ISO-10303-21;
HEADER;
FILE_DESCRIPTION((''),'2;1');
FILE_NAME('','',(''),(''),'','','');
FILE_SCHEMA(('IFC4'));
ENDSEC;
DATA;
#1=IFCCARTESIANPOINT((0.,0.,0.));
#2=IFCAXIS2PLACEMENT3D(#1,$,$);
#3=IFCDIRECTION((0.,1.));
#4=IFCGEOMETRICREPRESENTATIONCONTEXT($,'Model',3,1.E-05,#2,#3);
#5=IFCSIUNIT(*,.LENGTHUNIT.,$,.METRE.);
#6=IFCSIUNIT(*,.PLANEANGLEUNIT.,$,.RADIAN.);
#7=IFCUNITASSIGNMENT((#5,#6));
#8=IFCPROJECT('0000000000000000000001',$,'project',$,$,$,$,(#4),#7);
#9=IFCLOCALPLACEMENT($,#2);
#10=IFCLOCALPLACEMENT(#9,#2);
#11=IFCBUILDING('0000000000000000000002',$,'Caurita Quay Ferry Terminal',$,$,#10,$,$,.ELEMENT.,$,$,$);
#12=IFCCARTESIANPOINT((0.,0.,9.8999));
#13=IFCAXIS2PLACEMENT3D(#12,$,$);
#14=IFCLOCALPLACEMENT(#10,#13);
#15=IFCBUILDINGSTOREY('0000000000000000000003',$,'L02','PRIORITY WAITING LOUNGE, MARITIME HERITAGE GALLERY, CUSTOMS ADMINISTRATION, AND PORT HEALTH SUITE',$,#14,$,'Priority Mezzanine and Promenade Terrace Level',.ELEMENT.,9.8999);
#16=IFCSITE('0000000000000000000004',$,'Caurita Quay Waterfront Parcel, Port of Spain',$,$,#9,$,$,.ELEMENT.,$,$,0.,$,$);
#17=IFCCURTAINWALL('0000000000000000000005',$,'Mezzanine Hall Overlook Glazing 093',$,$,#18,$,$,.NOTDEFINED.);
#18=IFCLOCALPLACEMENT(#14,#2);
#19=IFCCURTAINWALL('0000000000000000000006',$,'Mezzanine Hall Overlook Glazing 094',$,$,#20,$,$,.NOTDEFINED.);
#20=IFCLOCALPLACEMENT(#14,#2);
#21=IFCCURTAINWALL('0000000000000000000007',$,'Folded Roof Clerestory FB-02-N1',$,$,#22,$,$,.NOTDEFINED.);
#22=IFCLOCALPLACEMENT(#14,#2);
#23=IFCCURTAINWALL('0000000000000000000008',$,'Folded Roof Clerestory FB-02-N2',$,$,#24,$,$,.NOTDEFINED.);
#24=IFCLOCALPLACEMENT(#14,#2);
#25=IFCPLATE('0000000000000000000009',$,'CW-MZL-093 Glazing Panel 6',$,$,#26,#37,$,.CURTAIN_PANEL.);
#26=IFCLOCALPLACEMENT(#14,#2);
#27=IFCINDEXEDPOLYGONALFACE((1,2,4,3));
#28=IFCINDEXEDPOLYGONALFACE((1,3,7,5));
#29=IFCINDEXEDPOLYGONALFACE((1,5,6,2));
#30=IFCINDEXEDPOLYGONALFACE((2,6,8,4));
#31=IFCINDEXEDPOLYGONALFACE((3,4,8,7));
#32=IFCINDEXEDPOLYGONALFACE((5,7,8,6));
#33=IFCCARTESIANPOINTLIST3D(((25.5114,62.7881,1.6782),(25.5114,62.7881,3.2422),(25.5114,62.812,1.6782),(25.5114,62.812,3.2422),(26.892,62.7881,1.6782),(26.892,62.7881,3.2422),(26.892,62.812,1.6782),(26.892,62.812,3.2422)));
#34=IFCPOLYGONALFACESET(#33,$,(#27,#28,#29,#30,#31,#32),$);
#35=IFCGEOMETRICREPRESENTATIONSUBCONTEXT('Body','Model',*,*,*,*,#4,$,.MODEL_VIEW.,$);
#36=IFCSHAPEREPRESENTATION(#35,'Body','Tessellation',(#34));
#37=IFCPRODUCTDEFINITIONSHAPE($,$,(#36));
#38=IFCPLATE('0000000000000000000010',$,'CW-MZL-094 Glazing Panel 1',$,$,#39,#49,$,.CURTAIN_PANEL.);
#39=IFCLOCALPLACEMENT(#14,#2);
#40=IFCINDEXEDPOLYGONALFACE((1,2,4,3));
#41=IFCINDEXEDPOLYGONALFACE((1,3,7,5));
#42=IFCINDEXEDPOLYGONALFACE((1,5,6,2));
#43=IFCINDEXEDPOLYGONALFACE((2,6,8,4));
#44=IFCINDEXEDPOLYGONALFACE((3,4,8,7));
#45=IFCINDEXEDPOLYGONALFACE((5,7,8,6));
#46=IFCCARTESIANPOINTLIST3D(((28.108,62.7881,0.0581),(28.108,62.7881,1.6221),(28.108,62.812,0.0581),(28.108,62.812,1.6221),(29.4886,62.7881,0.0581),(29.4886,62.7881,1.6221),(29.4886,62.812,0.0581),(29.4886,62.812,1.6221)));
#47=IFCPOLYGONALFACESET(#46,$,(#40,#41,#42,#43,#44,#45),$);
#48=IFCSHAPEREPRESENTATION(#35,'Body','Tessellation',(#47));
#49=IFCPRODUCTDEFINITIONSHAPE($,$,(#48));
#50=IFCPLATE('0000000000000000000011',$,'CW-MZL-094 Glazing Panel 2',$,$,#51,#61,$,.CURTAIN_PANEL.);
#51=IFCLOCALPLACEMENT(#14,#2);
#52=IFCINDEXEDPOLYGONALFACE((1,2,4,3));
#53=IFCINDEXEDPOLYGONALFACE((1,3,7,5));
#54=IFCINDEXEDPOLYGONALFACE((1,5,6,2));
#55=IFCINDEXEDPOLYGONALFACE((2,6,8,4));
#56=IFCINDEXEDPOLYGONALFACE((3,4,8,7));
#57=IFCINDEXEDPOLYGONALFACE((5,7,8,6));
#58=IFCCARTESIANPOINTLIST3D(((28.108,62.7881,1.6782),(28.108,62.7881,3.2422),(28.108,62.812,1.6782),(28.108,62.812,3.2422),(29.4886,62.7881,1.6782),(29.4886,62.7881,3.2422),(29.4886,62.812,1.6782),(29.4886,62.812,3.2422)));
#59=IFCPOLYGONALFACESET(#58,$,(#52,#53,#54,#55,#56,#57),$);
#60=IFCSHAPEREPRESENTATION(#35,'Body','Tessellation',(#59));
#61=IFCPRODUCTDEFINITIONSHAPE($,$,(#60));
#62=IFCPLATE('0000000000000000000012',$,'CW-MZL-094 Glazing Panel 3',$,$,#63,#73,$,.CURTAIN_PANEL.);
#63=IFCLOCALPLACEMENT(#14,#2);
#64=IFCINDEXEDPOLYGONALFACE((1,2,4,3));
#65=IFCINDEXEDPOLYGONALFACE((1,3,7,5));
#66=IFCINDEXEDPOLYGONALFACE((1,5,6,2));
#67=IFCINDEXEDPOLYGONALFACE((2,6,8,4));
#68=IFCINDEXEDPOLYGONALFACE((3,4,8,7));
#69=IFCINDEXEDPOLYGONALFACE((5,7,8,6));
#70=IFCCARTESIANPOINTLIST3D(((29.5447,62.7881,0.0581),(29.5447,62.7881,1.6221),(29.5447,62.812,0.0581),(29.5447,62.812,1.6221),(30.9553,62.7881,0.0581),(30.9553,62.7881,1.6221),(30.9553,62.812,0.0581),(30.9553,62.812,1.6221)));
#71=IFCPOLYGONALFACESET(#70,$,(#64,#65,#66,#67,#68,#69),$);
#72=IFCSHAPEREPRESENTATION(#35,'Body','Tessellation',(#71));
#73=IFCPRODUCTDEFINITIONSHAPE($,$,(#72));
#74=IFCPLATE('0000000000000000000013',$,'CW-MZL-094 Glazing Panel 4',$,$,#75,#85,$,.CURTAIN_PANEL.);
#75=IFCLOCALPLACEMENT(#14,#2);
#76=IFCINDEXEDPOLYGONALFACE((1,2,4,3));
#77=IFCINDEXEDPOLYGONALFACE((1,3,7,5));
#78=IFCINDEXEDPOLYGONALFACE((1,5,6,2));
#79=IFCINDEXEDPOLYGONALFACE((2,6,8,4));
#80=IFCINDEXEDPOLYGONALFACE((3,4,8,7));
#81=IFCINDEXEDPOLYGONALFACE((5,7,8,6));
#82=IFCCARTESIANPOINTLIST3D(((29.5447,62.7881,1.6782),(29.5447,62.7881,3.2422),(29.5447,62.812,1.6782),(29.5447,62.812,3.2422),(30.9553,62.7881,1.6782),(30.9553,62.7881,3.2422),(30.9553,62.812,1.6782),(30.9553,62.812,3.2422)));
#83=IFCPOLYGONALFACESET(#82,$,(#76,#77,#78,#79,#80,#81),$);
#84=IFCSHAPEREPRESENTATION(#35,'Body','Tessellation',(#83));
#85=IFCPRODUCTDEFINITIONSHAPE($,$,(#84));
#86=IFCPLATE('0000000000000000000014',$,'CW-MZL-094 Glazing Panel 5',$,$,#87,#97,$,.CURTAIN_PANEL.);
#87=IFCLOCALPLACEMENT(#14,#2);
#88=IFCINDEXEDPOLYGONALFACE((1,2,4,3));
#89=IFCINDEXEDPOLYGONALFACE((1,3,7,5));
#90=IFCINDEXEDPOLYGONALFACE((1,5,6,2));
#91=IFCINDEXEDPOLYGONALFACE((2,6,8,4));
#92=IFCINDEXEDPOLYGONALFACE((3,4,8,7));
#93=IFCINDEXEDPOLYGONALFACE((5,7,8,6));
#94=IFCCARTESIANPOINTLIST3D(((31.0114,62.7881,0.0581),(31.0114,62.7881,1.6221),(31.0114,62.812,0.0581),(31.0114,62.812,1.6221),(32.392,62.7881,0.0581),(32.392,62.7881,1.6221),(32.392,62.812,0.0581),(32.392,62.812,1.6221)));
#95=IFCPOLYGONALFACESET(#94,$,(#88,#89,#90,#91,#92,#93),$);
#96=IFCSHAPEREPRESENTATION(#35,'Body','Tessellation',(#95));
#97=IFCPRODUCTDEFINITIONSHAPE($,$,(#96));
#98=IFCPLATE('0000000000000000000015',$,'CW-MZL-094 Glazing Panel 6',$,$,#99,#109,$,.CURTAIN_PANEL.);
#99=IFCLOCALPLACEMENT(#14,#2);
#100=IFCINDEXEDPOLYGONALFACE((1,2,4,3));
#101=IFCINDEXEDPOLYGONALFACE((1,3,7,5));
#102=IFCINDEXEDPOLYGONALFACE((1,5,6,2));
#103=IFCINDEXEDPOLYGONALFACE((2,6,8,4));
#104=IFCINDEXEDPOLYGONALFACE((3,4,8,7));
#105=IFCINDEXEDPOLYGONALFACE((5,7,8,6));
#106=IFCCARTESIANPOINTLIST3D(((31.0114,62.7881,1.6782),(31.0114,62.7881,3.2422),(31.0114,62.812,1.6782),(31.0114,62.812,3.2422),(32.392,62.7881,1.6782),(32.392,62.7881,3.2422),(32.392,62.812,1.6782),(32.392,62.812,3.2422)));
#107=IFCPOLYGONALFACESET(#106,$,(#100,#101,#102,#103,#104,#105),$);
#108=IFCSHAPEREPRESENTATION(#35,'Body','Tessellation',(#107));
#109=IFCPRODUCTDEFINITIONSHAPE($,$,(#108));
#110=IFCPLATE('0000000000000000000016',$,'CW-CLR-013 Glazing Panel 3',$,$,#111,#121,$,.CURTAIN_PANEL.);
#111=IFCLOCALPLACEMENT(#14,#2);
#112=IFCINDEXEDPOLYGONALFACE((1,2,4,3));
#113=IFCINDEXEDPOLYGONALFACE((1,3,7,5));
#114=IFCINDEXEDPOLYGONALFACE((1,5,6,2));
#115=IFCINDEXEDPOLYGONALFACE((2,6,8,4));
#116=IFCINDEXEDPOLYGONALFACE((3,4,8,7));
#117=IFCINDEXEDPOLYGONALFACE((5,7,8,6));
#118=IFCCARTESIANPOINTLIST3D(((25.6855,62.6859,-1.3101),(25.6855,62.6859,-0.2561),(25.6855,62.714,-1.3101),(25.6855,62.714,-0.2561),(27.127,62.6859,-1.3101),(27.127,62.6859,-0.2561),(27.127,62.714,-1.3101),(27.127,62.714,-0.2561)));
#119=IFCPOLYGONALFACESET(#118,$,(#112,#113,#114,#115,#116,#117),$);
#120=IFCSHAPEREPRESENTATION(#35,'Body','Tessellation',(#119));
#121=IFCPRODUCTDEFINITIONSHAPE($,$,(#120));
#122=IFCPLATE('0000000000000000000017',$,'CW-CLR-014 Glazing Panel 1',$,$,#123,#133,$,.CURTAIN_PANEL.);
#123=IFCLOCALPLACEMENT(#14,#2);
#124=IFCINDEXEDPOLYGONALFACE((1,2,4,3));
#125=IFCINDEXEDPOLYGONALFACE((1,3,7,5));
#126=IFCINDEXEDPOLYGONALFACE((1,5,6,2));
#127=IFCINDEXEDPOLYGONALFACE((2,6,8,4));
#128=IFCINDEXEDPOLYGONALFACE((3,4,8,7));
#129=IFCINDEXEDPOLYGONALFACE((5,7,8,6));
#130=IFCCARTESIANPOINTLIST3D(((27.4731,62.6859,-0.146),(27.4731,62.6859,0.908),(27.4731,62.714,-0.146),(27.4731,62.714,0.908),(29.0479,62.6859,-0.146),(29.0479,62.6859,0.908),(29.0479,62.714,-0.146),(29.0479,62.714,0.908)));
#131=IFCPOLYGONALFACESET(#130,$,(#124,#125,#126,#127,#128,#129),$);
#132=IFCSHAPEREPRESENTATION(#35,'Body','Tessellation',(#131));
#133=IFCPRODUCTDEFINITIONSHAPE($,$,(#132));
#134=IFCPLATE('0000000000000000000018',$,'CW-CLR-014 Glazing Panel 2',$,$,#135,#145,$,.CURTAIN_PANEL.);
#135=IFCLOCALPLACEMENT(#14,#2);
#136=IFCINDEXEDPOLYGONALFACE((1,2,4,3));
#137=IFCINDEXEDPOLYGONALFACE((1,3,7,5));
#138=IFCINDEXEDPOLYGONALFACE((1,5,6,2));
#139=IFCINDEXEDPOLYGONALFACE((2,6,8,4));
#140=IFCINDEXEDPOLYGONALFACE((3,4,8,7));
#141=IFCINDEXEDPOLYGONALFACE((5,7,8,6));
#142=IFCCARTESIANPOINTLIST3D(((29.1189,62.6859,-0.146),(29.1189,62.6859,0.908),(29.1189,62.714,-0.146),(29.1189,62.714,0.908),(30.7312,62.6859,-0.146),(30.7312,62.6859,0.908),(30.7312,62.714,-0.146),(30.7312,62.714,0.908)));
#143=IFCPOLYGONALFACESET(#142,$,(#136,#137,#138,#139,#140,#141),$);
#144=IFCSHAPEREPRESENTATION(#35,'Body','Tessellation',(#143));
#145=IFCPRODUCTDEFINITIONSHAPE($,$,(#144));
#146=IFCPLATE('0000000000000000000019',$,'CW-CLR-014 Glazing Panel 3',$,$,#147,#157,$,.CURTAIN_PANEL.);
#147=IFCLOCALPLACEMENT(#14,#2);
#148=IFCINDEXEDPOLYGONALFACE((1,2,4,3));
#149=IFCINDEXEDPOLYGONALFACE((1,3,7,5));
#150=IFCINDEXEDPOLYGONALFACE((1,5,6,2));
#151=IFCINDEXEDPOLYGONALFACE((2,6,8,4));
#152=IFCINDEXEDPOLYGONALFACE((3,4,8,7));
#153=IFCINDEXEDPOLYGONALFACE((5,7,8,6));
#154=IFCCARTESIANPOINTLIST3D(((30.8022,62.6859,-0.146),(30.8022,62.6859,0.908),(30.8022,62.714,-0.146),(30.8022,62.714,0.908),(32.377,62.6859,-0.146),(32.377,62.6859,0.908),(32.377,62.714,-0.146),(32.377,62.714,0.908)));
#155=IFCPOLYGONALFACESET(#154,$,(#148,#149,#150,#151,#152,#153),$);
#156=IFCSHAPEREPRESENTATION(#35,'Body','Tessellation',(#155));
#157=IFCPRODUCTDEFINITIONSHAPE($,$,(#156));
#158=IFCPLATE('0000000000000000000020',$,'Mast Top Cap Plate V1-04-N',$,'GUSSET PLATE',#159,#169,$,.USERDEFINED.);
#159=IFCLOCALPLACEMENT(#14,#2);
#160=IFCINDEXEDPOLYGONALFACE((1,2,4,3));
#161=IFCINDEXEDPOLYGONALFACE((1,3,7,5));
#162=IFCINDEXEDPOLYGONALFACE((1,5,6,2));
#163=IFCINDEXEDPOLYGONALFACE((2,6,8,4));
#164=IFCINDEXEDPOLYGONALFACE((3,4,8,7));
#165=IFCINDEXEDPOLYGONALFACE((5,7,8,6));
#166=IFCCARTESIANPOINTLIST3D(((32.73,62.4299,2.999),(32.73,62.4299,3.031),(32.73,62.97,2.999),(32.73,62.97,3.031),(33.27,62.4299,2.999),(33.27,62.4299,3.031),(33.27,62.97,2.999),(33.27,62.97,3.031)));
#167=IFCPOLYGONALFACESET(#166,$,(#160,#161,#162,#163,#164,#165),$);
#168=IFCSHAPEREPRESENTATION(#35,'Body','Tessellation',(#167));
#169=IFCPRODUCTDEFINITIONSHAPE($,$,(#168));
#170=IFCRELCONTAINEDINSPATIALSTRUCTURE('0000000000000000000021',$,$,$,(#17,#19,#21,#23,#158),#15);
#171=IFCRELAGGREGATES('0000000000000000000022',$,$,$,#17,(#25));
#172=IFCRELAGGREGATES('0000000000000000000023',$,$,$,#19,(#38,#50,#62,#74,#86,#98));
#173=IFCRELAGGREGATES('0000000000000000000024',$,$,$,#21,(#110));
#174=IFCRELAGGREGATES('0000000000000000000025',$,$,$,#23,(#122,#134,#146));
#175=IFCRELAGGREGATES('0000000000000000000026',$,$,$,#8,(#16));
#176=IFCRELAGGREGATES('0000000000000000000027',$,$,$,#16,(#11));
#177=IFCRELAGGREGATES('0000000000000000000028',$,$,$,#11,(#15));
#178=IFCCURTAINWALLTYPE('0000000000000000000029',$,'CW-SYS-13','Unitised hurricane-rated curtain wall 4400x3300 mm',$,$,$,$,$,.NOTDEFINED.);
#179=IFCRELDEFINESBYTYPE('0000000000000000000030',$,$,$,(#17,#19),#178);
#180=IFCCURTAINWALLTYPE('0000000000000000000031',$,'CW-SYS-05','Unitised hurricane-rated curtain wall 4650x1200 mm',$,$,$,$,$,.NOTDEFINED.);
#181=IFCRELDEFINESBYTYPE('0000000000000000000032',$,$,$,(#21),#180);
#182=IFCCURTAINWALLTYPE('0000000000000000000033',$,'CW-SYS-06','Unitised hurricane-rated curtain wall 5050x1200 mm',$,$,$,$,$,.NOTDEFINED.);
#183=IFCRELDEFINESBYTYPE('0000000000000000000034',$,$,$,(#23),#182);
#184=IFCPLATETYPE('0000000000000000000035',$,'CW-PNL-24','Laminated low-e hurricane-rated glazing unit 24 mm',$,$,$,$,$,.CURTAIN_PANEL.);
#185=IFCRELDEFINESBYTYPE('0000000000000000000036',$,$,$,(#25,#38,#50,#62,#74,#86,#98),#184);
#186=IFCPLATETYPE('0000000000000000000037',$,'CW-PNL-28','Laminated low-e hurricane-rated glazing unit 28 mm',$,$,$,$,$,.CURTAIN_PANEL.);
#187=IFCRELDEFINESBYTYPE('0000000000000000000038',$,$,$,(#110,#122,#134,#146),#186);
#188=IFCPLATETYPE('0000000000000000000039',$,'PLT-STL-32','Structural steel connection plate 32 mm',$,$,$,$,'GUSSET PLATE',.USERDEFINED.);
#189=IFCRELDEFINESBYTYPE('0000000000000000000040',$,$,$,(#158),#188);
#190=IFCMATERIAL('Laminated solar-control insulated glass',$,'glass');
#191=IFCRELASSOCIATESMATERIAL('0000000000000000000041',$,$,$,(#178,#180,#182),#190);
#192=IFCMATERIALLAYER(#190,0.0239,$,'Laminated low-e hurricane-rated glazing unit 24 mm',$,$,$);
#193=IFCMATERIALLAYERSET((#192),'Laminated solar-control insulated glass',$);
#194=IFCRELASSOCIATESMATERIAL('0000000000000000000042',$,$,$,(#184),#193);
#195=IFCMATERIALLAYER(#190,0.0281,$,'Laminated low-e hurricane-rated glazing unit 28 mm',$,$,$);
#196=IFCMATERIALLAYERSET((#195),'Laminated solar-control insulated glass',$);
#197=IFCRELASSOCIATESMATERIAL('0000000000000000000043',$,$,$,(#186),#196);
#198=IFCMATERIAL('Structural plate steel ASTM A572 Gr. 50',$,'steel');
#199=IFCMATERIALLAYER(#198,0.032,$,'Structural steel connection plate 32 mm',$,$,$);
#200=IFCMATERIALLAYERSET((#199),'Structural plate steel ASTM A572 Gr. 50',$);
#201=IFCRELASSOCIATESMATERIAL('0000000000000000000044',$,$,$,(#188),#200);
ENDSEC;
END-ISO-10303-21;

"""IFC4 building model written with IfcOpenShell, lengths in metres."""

from ifc_helpers import new_model, si_unit, direction, frame, origin, origin_2d, place, context, subcontext, project, spatial, rectangle, extrude, material, layer, layer_set, type_object, element, aggregate, save


model = new_model("IFC4")

# Units and contexts
model_context = context("Model", 3, precision=1e-05, world=origin(), true_north=direction((0.0, 1.0)))
body_context = subcontext(model_context, "Body", "Model", "MODEL_VIEW")
ifc_project = project(units=[si_unit("LENGTHUNIT", "METRE"), si_unit("PLANEANGLEUNIT", "RADIAN")], contexts=[model_context])

# Site, building, storey
site_placement = place(None, origin())
site = spatial("IfcSite", under=ifc_project, at=site_placement, Name="Caurita Quay Waterfront Parcel, Port of Spain", CompositionType="ELEMENT", RefElevation=0.0)
building_placement = place(site_placement, origin())
building = spatial("IfcBuilding", under=site, at=building_placement, Name="Caurita Quay Ferry Terminal", CompositionType="ELEMENT")
storey_placement = place(building_placement, frame((0.0, 0.0, 9.8999)))
storey = spatial("IfcBuildingStorey", under=building, at=storey_placement, Name="L02", Description="PRIORITY WAITING LOUNGE, MARITIME HERITAGE GALLERY, CUSTOMS ADMINISTRATION, AND PORT HEALTH SUITE", LongName="Priority Mezzanine and Promenade Terrace Level", CompositionType="ELEMENT", Elevation=9.8999)

# Curtain wall
ifc_material_1 = material(Name="Laminated solar-control insulated glass", Category="glass")
curtain_wall_type_1 = type_object("IfcCurtainWallType", Name="CW-SYS-13", Description="Unitised hurricane-rated curtain wall 4400x3300 mm", PredefinedType="NOTDEFINED", material=ifc_material_1)
curtain_wall_1_placement = place(storey_placement, origin())
curtain_wall_1 = element("IfcCurtainWall", 1, at=curtain_wall_1_placement, inside=storey, type_object=curtain_wall_type_1, Name="Mezzanine Hall Overlook Glazing 093", PredefinedType="NOTDEFINED")

# Curtain wall
curtain_wall_2_placement = place(storey_placement, origin())
curtain_wall_2 = element("IfcCurtainWall", 2, at=curtain_wall_2_placement, inside=storey, type_object=curtain_wall_type_1, Name="Mezzanine Hall Overlook Glazing 094", PredefinedType="NOTDEFINED")

# Curtain wall
curtain_wall_type_2 = type_object("IfcCurtainWallType", Name="CW-SYS-05", Description="Unitised hurricane-rated curtain wall 4650x1200 mm", PredefinedType="NOTDEFINED", material=ifc_material_1)
curtain_wall_3_placement = place(storey_placement, origin())
curtain_wall_3 = element("IfcCurtainWall", 3, at=curtain_wall_3_placement, inside=storey, type_object=curtain_wall_type_2, Name="Folded Roof Clerestory FB-02-N1", PredefinedType="NOTDEFINED")

# Curtain wall
curtain_wall_type_3 = type_object("IfcCurtainWallType", Name="CW-SYS-06", Description="Unitised hurricane-rated curtain wall 5050x1200 mm", PredefinedType="NOTDEFINED", material=ifc_material_1)
curtain_wall_4_placement = place(storey_placement, origin())
curtain_wall_4 = element("IfcCurtainWall", 4, at=curtain_wall_4_placement, inside=storey, type_object=curtain_wall_type_3, Name="Folded Roof Clerestory FB-02-N2", PredefinedType="NOTDEFINED")

# Plates
ifc_layer_1 = layer(ifc_material_1, 0.0239, Name="Laminated low-e hurricane-rated glazing unit 24 mm")
ifc_layer_set_1 = layer_set([ifc_layer_1], Name="Laminated solar-control insulated glass")
plate_type_1 = type_object("IfcPlateType", Name="CW-PNL-24", Description="Laminated low-e hurricane-rated glazing unit 24 mm", PredefinedType="CURTAIN_PANEL", material=ifc_layer_set_1)
plate_1_placement = place(storey_placement, frame((26.2017, 62.8, 1.6782), z_axis=(0.0, 0.0, 1.0), x_axis=(1.0, 0.0, 0.0)))
plate_1 = element("IfcPlate", 5, at=plate_1_placement, type_object=plate_type_1, Name="CW-MZL-093 Glazing Panel 6", PredefinedType="CURTAIN_PANEL", context=body_context, shape_type="SweptSolid", body=[
    extrude(rectangle(XDim=1.3806, YDim=0.0239, at=origin_2d()), origin(), (0.0, 0.0, 1.0), 1.564),
])
aggregate(curtain_wall_1, [plate_1])
plate_2_placement = place(storey_placement, frame((28.7983, 62.8, 0.0581), z_axis=(0.0, 0.0, 1.0), x_axis=(1.0, 0.0, 0.0)))
plate_2 = element("IfcPlate", 6, at=plate_2_placement, type_object=plate_type_1, Name="CW-MZL-094 Glazing Panel 1", PredefinedType="CURTAIN_PANEL", context=body_context, shape_type="SweptSolid", body=[
    extrude(rectangle(XDim=1.3806, YDim=0.0239, at=origin_2d()), origin(), (0.0, 0.0, 1.0), 1.564),
])
plate_3_placement = place(storey_placement, frame((28.7983, 62.8, 1.6782), z_axis=(0.0, 0.0, 1.0), x_axis=(1.0, 0.0, 0.0)))
plate_3 = element("IfcPlate", 7, at=plate_3_placement, type_object=plate_type_1, Name="CW-MZL-094 Glazing Panel 2", PredefinedType="CURTAIN_PANEL", context=body_context, shape_type="SweptSolid", body=[
    extrude(rectangle(XDim=1.3806, YDim=0.0239, at=origin_2d()), origin(), (0.0, 0.0, 1.0), 1.564),
])
plate_4_placement = place(storey_placement, frame((30.25, 62.8, 0.0581), z_axis=(0.0, 0.0, 1.0), x_axis=(1.0, 0.0, 0.0)))
plate_4 = element("IfcPlate", 8, at=plate_4_placement, type_object=plate_type_1, Name="CW-MZL-094 Glazing Panel 3", PredefinedType="CURTAIN_PANEL", context=body_context, shape_type="SweptSolid", body=[
    extrude(rectangle(XDim=1.4106, YDim=0.0239, at=origin_2d()), origin(), (0.0, 0.0, 1.0), 1.564),
])
plate_5_placement = place(storey_placement, frame((30.25, 62.8, 1.6782), z_axis=(0.0, 0.0, 1.0), x_axis=(1.0, 0.0, 0.0)))
plate_5 = element("IfcPlate", 9, at=plate_5_placement, type_object=plate_type_1, Name="CW-MZL-094 Glazing Panel 4", PredefinedType="CURTAIN_PANEL", context=body_context, shape_type="SweptSolid", body=[
    extrude(rectangle(XDim=1.4106, YDim=0.0239, at=origin_2d()), origin(), (0.0, 0.0, 1.0), 1.564),
])
plate_6_placement = place(storey_placement, frame((31.7017, 62.8, 0.0581), z_axis=(0.0, 0.0, 1.0), x_axis=(1.0, 0.0, 0.0)))
plate_6 = element("IfcPlate", 10, at=plate_6_placement, type_object=plate_type_1, Name="CW-MZL-094 Glazing Panel 5", PredefinedType="CURTAIN_PANEL", context=body_context, shape_type="SweptSolid", body=[
    extrude(rectangle(XDim=1.3806, YDim=0.0239, at=origin_2d()), origin(), (0.0, 0.0, 1.0), 1.564),
])
plate_7_placement = place(storey_placement, frame((31.7017, 62.8, 1.6782), z_axis=(0.0, 0.0, 1.0), x_axis=(1.0, 0.0, 0.0)))
plate_7 = element("IfcPlate", 11, at=plate_7_placement, type_object=plate_type_1, Name="CW-MZL-094 Glazing Panel 6", PredefinedType="CURTAIN_PANEL", context=body_context, shape_type="SweptSolid", body=[
    extrude(rectangle(XDim=1.3806, YDim=0.0239, at=origin_2d()), origin(), (0.0, 0.0, 1.0), 1.564),
])
aggregate(curtain_wall_2, [plate_2, plate_3, plate_4, plate_5, plate_6, plate_7])
ifc_layer_2 = layer(ifc_material_1, 0.0281, Name="Laminated low-e hurricane-rated glazing unit 28 mm")
ifc_layer_set_2 = layer_set([ifc_layer_2], Name="Laminated solar-control insulated glass")
plate_type_2 = type_object("IfcPlateType", Name="CW-PNL-28", Description="Laminated low-e hurricane-rated glazing unit 28 mm", PredefinedType="CURTAIN_PANEL", material=ifc_layer_set_2)
plate_8_placement = place(storey_placement, frame((26.4062, 62.7, -1.3101), z_axis=(0.0, 0.0, 1.0), x_axis=(1.0, 0.0, 0.0)))
plate_8 = element("IfcPlate", 12, at=plate_8_placement, type_object=plate_type_2, Name="CW-CLR-013 Glazing Panel 3", PredefinedType="CURTAIN_PANEL", context=body_context, shape_type="SweptSolid", body=[
    extrude(rectangle(XDim=1.4414, YDim=0.0281, at=origin_2d()), origin(), (0.0, 0.0, 1.0), 1.054),
])
aggregate(curtain_wall_3, [plate_8])
plate_9_placement = place(storey_placement, frame((28.2605, 62.7, -0.146), z_axis=(0.0, 0.0, 1.0), x_axis=(1.0, 0.0, 0.0)))
plate_9 = element("IfcPlate", 13, at=plate_9_placement, type_object=plate_type_2, Name="CW-CLR-014 Glazing Panel 1", PredefinedType="CURTAIN_PANEL", context=body_context, shape_type="SweptSolid", body=[
    extrude(rectangle(XDim=1.5747, YDim=0.0281, at=origin_2d()), origin(), (0.0, 0.0, 1.0), 1.054),
])
plate_10_placement = place(storey_placement, frame((29.925, 62.7, -0.146), z_axis=(0.0, 0.0, 1.0), x_axis=(1.0, 0.0, 0.0)))
plate_10 = element("IfcPlate", 14, at=plate_10_placement, type_object=plate_type_2, Name="CW-CLR-014 Glazing Panel 2", PredefinedType="CURTAIN_PANEL", context=body_context, shape_type="SweptSolid", body=[
    extrude(rectangle(XDim=1.6123, YDim=0.0281, at=origin_2d()), origin(), (0.0, 0.0, 1.0), 1.054),
])
plate_11_placement = place(storey_placement, frame((31.5896, 62.7, -0.146), z_axis=(0.0, 0.0, 1.0), x_axis=(1.0, 0.0, 0.0)))
plate_11 = element("IfcPlate", 15, at=plate_11_placement, type_object=plate_type_2, Name="CW-CLR-014 Glazing Panel 3", PredefinedType="CURTAIN_PANEL", context=body_context, shape_type="SweptSolid", body=[
    extrude(rectangle(XDim=1.5747, YDim=0.0281, at=origin_2d()), origin(), (0.0, 0.0, 1.0), 1.054),
])
aggregate(curtain_wall_4, [plate_9, plate_10, plate_11])
ifc_material_2 = material(Name="Structural plate steel ASTM A572 Gr. 50", Category="steel")
ifc_layer_3 = layer(ifc_material_2, 0.032, Name="Structural steel connection plate 32 mm")
ifc_layer_set_3 = layer_set([ifc_layer_3], Name="Structural plate steel ASTM A572 Gr. 50")
plate_type_3 = type_object("IfcPlateType", Name="PLT-STL-32", Description="Structural steel connection plate 32 mm", ElementType="GUSSET PLATE", PredefinedType="USERDEFINED", material=ifc_layer_set_3)
plate_12_placement = place(storey_placement, frame((33.0, 62.7, 2.999), z_axis=(0.0, 0.0, 1.0), x_axis=(1.0, 0.0, 0.0)))
element("IfcPlate", 16, at=plate_12_placement, inside=storey, type_object=plate_type_3, Name="Mast Top Cap Plate V1-04-N", ObjectType="GUSSET PLATE", PredefinedType="USERDEFINED", context=body_context, shape_type="SweptSolid", body=[
    extrude(rectangle(XDim=0.54, YDim=0.54, at=origin_2d()), origin(), (0.0, 0.0, 1.0), 0.032),
])

save(model, "model.ifc")
